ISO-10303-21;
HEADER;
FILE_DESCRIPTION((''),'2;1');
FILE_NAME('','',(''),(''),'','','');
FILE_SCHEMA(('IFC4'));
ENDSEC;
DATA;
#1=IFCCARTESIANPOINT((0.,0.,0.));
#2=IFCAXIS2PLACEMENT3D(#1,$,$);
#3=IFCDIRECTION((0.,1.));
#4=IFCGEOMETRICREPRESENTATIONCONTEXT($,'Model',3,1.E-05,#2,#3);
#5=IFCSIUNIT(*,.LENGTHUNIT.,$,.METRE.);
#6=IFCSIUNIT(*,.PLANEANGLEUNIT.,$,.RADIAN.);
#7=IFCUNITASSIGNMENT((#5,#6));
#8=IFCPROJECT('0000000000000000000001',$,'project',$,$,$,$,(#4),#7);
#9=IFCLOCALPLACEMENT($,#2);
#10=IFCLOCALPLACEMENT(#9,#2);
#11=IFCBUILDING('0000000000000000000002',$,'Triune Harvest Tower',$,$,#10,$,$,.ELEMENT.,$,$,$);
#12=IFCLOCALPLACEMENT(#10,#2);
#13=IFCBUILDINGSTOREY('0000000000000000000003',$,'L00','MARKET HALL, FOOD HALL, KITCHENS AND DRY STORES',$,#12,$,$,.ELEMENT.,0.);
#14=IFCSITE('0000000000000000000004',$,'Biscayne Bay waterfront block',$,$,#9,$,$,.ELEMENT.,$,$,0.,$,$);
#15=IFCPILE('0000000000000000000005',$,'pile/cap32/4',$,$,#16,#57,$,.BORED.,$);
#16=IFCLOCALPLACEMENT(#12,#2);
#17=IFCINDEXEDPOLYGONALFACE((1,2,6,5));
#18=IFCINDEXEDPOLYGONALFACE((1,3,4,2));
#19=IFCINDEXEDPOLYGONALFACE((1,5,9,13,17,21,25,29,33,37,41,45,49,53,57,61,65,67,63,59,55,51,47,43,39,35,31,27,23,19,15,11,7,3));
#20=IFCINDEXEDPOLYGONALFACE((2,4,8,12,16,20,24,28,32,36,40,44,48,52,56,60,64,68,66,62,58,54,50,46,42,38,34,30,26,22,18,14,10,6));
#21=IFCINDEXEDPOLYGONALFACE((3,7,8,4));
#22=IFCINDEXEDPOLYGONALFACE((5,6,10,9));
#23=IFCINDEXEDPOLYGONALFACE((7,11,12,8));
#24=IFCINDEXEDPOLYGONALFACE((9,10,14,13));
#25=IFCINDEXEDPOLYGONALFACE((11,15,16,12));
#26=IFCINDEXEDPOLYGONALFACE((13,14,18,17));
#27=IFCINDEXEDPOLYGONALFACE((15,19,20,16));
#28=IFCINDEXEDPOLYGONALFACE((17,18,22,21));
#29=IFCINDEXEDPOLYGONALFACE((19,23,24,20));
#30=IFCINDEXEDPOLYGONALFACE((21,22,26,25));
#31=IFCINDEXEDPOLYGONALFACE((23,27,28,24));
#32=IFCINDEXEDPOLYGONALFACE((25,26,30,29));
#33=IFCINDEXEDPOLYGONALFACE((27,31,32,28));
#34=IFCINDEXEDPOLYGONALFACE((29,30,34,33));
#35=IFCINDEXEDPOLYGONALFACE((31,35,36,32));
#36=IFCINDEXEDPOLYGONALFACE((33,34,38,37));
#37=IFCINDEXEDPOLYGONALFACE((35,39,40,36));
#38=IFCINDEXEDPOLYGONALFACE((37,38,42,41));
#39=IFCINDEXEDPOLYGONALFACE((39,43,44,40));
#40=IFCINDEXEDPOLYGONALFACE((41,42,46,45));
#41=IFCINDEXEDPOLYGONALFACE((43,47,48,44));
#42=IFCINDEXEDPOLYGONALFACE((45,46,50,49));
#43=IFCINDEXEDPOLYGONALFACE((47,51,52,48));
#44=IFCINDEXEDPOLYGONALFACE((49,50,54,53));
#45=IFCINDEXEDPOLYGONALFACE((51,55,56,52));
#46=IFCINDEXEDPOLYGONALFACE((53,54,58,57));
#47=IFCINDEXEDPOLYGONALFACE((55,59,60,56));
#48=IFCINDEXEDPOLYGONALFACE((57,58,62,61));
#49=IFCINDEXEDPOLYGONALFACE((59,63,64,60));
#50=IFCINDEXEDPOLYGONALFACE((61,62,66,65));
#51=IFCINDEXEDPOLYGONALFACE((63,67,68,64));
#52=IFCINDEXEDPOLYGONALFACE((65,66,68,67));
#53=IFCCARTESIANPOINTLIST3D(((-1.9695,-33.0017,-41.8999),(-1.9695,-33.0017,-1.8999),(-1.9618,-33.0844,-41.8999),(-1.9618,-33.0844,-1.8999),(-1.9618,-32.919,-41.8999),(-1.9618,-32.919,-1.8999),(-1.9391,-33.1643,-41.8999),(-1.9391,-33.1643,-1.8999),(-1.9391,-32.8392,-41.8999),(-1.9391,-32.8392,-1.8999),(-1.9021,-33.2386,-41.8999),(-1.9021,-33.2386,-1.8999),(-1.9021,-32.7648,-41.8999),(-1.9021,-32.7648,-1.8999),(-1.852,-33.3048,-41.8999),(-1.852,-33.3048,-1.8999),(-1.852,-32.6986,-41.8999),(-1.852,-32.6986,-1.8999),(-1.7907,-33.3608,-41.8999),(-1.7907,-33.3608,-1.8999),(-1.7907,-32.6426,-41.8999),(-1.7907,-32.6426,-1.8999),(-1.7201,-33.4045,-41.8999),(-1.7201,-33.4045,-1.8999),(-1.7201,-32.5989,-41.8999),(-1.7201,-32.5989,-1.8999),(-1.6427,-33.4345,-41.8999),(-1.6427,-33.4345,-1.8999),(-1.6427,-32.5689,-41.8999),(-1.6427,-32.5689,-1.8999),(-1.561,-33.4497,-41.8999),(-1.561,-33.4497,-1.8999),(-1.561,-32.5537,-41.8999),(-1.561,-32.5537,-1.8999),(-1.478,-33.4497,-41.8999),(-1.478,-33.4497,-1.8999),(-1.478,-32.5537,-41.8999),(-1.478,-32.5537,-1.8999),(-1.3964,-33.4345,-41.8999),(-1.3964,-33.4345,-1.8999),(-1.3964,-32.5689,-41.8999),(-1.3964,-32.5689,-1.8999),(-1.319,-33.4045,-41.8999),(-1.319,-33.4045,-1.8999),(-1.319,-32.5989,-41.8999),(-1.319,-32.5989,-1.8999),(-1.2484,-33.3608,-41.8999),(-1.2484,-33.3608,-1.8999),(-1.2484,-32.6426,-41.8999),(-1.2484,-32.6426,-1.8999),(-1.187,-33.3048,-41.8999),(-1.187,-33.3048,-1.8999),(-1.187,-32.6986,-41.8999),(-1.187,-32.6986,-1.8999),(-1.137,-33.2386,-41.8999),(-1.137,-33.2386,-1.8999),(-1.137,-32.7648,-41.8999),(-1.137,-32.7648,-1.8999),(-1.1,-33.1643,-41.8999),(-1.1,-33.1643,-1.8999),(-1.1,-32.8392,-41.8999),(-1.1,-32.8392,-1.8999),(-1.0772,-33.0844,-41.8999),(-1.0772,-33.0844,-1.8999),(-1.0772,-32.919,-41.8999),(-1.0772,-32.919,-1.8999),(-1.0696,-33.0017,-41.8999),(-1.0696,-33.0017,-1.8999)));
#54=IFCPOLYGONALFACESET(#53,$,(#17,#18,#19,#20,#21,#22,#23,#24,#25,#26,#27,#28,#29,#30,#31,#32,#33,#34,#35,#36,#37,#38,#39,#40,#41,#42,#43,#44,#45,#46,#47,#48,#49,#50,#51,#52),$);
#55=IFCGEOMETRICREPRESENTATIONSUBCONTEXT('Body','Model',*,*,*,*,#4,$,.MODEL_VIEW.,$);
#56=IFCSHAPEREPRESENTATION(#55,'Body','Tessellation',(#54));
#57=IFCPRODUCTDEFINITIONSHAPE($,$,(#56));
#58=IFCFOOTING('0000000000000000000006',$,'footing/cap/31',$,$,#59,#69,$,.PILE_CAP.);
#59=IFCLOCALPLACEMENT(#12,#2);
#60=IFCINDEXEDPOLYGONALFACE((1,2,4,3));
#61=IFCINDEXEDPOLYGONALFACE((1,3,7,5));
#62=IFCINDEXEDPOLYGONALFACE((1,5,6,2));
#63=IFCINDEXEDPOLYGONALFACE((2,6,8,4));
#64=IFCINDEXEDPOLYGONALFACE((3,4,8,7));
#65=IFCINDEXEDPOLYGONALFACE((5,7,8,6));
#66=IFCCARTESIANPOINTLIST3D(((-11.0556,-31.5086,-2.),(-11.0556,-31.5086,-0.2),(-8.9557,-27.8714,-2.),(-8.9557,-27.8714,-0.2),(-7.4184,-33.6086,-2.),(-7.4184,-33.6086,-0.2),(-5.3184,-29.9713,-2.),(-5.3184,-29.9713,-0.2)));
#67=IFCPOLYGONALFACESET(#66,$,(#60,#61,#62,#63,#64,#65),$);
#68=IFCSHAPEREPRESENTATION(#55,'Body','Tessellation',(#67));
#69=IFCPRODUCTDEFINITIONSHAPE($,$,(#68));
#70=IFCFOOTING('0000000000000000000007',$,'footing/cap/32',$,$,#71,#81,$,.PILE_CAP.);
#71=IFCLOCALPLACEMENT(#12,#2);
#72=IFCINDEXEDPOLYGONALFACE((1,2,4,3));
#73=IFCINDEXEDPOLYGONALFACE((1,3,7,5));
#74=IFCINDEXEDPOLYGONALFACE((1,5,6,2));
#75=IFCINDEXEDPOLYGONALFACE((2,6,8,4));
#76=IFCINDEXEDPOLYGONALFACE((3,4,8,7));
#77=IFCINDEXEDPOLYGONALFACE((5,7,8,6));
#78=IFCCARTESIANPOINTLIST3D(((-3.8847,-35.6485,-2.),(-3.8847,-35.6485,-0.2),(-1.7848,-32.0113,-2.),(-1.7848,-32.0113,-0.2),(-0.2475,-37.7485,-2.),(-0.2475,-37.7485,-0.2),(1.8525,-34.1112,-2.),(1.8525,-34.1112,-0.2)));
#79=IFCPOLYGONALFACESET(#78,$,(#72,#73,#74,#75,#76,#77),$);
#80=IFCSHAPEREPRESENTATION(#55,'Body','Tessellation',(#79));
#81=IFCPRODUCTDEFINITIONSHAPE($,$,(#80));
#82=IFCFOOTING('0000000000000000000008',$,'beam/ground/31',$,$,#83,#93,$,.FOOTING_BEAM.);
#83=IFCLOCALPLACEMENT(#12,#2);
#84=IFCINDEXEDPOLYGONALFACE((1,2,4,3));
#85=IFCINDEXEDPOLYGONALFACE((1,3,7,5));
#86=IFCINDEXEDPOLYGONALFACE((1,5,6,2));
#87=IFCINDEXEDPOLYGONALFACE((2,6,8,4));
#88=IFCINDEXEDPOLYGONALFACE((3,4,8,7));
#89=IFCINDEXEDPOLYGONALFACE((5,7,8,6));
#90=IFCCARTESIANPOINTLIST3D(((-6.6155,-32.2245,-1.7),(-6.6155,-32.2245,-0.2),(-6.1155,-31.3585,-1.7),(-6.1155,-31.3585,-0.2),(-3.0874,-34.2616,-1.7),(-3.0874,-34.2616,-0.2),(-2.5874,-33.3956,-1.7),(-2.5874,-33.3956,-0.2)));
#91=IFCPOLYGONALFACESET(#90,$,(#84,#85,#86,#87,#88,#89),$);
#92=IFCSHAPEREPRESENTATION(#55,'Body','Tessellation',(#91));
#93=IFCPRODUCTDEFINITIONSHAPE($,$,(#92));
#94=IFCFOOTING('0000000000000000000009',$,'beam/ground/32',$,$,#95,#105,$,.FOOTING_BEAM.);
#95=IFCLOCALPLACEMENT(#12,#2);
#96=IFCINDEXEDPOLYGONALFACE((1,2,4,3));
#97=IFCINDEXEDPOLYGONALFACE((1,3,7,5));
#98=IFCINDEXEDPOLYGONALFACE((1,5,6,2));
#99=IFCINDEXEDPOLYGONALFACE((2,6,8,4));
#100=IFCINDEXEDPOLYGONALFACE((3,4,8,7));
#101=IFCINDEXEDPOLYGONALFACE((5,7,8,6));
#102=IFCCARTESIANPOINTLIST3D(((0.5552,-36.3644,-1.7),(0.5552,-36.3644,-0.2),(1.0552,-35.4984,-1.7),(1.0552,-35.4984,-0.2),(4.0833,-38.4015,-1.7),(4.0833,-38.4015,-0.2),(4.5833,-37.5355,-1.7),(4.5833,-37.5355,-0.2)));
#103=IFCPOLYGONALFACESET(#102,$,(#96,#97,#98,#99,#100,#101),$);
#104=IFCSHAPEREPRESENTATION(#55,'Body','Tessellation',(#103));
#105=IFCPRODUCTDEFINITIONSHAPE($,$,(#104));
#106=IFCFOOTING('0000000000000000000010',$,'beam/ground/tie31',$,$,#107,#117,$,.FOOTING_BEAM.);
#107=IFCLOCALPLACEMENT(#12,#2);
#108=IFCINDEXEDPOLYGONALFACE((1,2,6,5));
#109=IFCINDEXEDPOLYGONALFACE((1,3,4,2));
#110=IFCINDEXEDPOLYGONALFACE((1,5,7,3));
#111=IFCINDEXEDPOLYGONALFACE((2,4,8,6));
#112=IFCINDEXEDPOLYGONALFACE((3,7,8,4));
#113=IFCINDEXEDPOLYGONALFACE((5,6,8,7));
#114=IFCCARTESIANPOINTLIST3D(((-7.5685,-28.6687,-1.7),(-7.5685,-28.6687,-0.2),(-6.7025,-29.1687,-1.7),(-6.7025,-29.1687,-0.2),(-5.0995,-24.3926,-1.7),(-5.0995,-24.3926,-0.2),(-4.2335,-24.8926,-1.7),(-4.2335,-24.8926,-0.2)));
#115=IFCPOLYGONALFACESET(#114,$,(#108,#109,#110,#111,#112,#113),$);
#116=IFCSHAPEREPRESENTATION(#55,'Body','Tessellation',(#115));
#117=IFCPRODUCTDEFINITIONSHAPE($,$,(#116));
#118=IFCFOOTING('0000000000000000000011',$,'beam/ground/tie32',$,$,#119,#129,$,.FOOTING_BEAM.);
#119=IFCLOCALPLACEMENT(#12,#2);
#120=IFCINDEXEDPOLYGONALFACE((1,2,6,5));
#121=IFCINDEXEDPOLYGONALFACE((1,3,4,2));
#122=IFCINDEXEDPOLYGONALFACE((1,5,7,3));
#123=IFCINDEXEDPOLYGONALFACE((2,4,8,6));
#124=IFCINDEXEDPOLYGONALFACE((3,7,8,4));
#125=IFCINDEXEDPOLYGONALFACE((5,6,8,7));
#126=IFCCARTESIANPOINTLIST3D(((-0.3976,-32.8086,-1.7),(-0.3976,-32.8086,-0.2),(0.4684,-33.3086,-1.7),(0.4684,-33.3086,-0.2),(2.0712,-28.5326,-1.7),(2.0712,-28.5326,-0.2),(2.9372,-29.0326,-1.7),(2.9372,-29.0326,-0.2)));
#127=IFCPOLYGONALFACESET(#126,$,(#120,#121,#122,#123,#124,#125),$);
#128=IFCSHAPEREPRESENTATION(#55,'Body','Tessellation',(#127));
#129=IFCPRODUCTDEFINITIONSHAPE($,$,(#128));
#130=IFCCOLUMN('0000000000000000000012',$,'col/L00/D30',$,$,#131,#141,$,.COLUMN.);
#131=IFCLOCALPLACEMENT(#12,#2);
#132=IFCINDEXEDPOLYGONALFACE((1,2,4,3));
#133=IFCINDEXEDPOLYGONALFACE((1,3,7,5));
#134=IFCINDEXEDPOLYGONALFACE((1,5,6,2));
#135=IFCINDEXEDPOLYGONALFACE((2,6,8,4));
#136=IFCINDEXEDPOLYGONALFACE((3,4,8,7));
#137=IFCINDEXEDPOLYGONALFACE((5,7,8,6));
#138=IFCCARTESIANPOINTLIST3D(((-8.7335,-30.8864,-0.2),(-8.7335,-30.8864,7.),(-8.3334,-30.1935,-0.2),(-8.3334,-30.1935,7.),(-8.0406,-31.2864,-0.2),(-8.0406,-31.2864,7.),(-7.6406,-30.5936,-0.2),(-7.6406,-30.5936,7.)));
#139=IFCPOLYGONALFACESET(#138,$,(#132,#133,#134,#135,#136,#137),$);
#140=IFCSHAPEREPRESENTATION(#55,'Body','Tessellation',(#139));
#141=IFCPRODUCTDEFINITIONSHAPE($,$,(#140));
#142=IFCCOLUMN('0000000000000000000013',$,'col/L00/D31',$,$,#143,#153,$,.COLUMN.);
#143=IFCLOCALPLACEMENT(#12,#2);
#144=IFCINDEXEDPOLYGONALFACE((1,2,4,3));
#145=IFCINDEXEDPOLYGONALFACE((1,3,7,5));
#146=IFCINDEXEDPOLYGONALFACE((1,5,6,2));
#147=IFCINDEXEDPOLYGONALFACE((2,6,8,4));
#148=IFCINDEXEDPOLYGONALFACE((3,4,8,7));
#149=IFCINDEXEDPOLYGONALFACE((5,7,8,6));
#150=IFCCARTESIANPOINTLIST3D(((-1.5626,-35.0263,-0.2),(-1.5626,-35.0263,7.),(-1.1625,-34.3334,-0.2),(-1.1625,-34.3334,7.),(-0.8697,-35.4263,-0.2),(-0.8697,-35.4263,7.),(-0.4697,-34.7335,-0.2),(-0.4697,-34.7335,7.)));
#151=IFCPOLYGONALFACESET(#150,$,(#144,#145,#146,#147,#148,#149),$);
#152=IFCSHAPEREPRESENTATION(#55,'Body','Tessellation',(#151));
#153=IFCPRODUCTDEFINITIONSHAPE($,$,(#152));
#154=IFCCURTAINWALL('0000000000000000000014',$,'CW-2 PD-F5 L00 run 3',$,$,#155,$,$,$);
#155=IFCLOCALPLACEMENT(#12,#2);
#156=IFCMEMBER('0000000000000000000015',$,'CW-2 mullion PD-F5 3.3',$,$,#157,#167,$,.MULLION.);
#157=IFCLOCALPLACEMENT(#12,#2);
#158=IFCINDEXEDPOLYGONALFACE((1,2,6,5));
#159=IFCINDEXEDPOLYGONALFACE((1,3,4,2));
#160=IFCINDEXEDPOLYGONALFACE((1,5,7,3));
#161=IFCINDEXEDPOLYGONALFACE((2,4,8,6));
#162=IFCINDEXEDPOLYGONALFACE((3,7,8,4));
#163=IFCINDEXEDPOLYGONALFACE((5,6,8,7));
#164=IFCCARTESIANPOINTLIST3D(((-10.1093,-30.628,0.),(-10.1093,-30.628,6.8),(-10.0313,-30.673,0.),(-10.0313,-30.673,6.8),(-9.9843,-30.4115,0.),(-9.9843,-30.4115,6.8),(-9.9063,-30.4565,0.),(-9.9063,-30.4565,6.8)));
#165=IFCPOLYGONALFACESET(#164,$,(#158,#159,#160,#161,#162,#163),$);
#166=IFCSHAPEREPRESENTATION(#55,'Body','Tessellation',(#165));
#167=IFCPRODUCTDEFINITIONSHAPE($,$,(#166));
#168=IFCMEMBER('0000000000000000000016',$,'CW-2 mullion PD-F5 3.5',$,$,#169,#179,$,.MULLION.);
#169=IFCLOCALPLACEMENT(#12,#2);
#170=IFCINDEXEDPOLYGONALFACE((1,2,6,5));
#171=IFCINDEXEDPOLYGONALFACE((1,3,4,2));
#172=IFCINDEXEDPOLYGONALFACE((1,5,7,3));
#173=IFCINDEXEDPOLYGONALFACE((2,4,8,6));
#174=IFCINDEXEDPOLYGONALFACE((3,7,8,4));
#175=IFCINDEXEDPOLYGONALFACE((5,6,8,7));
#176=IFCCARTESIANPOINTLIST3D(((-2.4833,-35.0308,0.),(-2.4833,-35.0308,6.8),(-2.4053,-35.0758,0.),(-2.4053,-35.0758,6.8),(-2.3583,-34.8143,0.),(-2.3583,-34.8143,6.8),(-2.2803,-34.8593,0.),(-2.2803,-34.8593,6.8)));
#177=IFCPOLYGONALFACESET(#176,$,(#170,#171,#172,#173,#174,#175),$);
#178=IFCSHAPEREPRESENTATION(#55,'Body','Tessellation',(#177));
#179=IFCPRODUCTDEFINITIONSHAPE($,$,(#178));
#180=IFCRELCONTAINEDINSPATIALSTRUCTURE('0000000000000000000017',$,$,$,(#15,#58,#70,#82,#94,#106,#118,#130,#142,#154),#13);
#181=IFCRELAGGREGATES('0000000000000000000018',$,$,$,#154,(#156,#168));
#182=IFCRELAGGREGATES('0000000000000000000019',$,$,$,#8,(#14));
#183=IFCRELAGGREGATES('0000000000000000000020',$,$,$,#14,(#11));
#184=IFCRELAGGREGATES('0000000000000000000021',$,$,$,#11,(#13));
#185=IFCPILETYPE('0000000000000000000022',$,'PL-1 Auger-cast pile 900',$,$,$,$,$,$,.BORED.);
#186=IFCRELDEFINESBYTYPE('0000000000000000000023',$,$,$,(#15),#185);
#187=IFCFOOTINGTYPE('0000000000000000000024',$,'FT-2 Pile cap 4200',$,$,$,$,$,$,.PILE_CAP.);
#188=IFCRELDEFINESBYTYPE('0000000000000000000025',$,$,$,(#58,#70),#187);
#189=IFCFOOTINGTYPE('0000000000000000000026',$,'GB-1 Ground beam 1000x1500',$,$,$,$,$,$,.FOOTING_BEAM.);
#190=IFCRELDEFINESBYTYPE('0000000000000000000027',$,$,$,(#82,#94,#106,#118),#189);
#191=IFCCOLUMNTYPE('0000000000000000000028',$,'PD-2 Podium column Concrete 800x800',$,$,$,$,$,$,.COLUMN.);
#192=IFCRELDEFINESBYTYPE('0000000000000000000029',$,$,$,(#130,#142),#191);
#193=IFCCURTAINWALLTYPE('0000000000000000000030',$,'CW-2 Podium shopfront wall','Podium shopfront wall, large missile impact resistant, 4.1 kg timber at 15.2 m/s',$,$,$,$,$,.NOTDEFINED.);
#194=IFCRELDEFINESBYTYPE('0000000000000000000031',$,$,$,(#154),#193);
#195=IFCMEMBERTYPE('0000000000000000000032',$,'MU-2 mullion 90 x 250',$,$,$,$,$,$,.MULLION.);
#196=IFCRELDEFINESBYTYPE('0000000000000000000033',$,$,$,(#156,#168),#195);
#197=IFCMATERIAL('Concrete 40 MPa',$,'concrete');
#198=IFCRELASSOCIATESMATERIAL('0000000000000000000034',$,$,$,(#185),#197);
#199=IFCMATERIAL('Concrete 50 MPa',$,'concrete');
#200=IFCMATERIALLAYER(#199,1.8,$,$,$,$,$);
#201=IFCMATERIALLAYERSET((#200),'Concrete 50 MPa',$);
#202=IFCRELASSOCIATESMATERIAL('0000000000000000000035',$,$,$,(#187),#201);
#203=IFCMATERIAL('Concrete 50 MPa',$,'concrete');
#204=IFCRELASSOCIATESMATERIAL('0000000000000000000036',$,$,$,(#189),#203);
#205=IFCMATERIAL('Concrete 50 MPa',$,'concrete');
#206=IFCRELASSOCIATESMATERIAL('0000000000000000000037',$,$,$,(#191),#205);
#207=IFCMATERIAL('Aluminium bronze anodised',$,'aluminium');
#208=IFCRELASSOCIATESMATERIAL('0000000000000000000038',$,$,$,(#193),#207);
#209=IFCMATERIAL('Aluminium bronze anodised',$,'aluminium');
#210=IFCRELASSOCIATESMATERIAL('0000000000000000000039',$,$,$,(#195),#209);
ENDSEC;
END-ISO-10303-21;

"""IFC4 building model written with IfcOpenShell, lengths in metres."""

from ifc_helpers import new_model, si_unit, direction, frame, origin, origin_2d, place, context, subcontext, project, spatial, rectangle, circle, extrude, source, transform, mapped, material, layer, layer_set, material_profile, profile_set, type_object, element, aggregate, save


model = new_model("IFC4")

# Units and contexts
model_context = context("Model", 3, precision=1e-05, world=origin(), true_north=direction((0.0, 1.0)))
body_context = subcontext(model_context, "Body", "Model", "MODEL_VIEW")
ifc_project = project(units=[si_unit("LENGTHUNIT", "METRE"), si_unit("PLANEANGLEUNIT", "RADIAN")], contexts=[model_context])

# Site, building, storey
site_placement = place(None, origin())
site = spatial("IfcSite", under=ifc_project, at=site_placement, Name="Biscayne Bay waterfront block", CompositionType="ELEMENT", RefElevation=0.0)
building_placement = place(site_placement, origin())
building = spatial("IfcBuilding", under=site, at=building_placement, Name="Triune Harvest Tower", CompositionType="ELEMENT")
storey_placement = place(building_placement, origin())
storey = spatial("IfcBuildingStorey", under=building, at=storey_placement, Name="L00", Description="MARKET HALL, FOOD HALL, KITCHENS AND DRY STORES", CompositionType="ELEMENT", Elevation=0.0)

# Pile
ifc_material_1 = material(Name="Concrete 40 MPa", Category="concrete")
ifc_material_profile_1 = material_profile(ifc_material_1, circle(Radius=0.45, at=origin_2d()), Name="Bored 900")
ifc_profile_set_1 = profile_set([ifc_material_profile_1], Name="Concrete 40 MPa")
pile_type = type_object("IfcPileType", Name="PL-1 Auger-cast pile 900", PredefinedType="BORED", material=ifc_profile_set_1)
shared_shape_1 = source(origin(), body_context, "Body", "SweptSolid", [
    extrude(circle(Radius=0.45, at=origin_2d()), origin(), (0.0, 0.0, 1.0), 40.0),
])
for number, where, z_axis, x_axis, name in (
    (1, (-1.5195, -33.0017, -1.8999), (0.0, 0.0, -1.0), (1.0, 0.0, 0.0), "pile/cap32/4"),
):
    element("IfcPile", number, at=place(storey_placement, frame(where, z_axis=z_axis, x_axis=x_axis)), inside=storey, type_object=pile_type, Name=name, PredefinedType="BORED", context=body_context, shape_type="MappedRepresentation", body=[
        mapped(shared_shape_1, transform((0.0, 0.0, 0.0), scale=1.0)),
    ])

# Footings
ifc_material_2 = material(Name="Concrete 50 MPa", Category="concrete")
ifc_layer_1 = layer(ifc_material_2, 1.8)
ifc_layer_set_1 = layer_set([ifc_layer_1], Name="Concrete 50 MPa")
footing_type_1 = type_object("IfcFootingType", Name="FT-2 Pile cap 4200", PredefinedType="PILE_CAP", material=ifc_layer_set_1)
shared_shape_2 = source(origin(), body_context, "Body", "SweptSolid", [
    extrude(rectangle(XDim=4.2, YDim=4.2, at=origin_2d()), origin(), (0.0, 0.0, 1.0), 1.8),
])
for number, where, z_axis, x_axis, name in (
    (2, (-8.187, -30.74, -2.0), (0.0, 0.0, 1.0), (0.866025, -0.5, 0.0), "footing/cap/31"),
    (3, (-1.0161, -34.8799, -2.0), (0.0, 0.0, 1.0), (0.866025, -0.5, 0.0), "footing/cap/32"),
):
    element("IfcFooting", number, at=place(storey_placement, frame(where, z_axis=z_axis, x_axis=x_axis)), inside=storey, type_object=footing_type_1, Name=name, PredefinedType="PILE_CAP", context=body_context, shape_type="MappedRepresentation", body=[
        mapped(shared_shape_2, transform((0.0, 0.0, 0.0), scale=1.0)),
    ])
ifc_material_3 = material(Name="Concrete 50 MPa", Category="concrete")
ifc_material_profile_2 = material_profile(ifc_material_3, rectangle(XDim=1.0, YDim=1.5, at=origin_2d()), Name="Concrete 1000x1500")
ifc_profile_set_2 = profile_set([ifc_material_profile_2], Name="Concrete 50 MPa")
footing_type_2 = type_object("IfcFootingType", Name="GB-1 Ground beam 1000x1500", PredefinedType="FOOTING_BEAM", material=ifc_profile_set_2)
shared_shape_3 = source(origin(), body_context, "Body", "SweptSolid", [
    extrude(rectangle(XDim=1.0, YDim=1.5, at=origin_2d()), origin(), (0.0, 0.0, 1.0), 4.074),
])
for number, where, z_axis, x_axis, name in (
    (4, (-6.3655, -31.7915, -0.95), (0.866007, -0.500032, 0.0), (0.500032, 0.866007, 0.0), "beam/ground/31"),
    (5, (0.8052, -35.9314, -0.95), (0.866007, -0.500032, 0.0), (0.500032, 0.866007, 0.0), "beam/ground/32"),
):
    element("IfcFooting", number, at=place(storey_placement, frame(where, z_axis=z_axis, x_axis=x_axis)), inside=storey, type_object=footing_type_2, Name=name, PredefinedType="FOOTING_BEAM", context=body_context, shape_type="MappedRepresentation", body=[
        mapped(shared_shape_3, transform((0.0, 0.0, 0.0), scale=1.0)),
    ])
shared_shape_4 = source(origin(), body_context, "Body", "SweptSolid", [
    extrude(rectangle(XDim=1.0, YDim=1.5, at=origin_2d()), origin(), (0.0, 0.0, 1.0), 4.9377),
])
footing_1_placement = place(storey_placement, frame((-7.1355, -28.9187, -0.95), z_axis=(0.500026, 0.86601, 0.0), x_axis=(-0.86601, 0.500026, 0.0)))
element("IfcFooting", 6, at=footing_1_placement, inside=storey, type_object=footing_type_2, Name="beam/ground/tie31", PredefinedType="FOOTING_BEAM", context=body_context, shape_type="MappedRepresentation", body=[
    mapped(shared_shape_4, transform((0.0, 0.0, 0.0), scale=1.0)),
])
shared_shape_5 = source(origin(), body_context, "Body", "SweptSolid", [
    extrude(rectangle(XDim=1.0, YDim=1.5, at=origin_2d()), origin(), (0.0, 0.0, 1.0), 4.9375),
])
footing_2_placement = place(storey_placement, frame((0.0354, -33.0586, -0.95), z_axis=(0.500011, 0.866019, 0.0), x_axis=(-0.866019, 0.500011, 0.0)))
element("IfcFooting", 7, at=footing_2_placement, inside=storey, type_object=footing_type_2, Name="beam/ground/tie32", PredefinedType="FOOTING_BEAM", context=body_context, shape_type="MappedRepresentation", body=[
    mapped(shared_shape_5, transform((0.0, 0.0, 0.0), scale=1.0)),
])

# Columns
ifc_material_4 = material(Name="Concrete 50 MPa", Category="concrete")
ifc_material_profile_3 = material_profile(ifc_material_4, rectangle(XDim=0.8, YDim=0.8, at=origin_2d()), Name="Concrete 800x800")
ifc_profile_set_3 = profile_set([ifc_material_profile_3], Name="Concrete 50 MPa")
column_type = type_object("IfcColumnType", Name="PD-2 Podium column Concrete 800x800", PredefinedType="COLUMN", material=ifc_profile_set_3)
shared_shape_6 = source(origin(), body_context, "Body", "SweptSolid", [
    extrude(rectangle(XDim=0.8, YDim=0.8, at=origin_2d()), origin(), (0.0, 0.0, 1.0), 7.2),
])
for number, where, z_axis, x_axis, name in (
    (8, (-8.187, -30.74, -0.2), (0.0, 0.0, 1.0), (0.866025, -0.5, 0.0), "col/L00/D30"),
    (9, (-1.0161, -34.8799, -0.2), (0.0, 0.0, 1.0), (0.866025, -0.5, 0.0), "col/L00/D31"),
):
    element("IfcColumn", number, at=place(storey_placement, frame(where, z_axis=z_axis, x_axis=x_axis)), inside=storey, type_object=column_type, Name=name, PredefinedType="COLUMN", context=body_context, shape_type="MappedRepresentation", body=[
        mapped(shared_shape_6, transform((0.0, 0.0, 0.0), scale=1.0)),
    ])

# Curtain wall, members
ifc_material_5 = material(Name="Aluminium bronze anodised", Category="aluminium")
curtain_wall_type = type_object("IfcCurtainWallType", Name="CW-2 Podium shopfront wall", Description="Podium shopfront wall, large missile impact resistant, 4.1 kg timber at 15.2 m/s", PredefinedType="NOTDEFINED", material=ifc_material_5)
curtain_wall_placement = place(storey_placement, origin())
curtain_wall = element("IfcCurtainWall", 10, at=curtain_wall_placement, inside=storey, type_object=curtain_wall_type, Name="CW-2 PD-F5 L00 run 3")
ifc_material_6 = material(Name="Aluminium bronze anodised", Category="aluminium")
ifc_material_profile_4 = material_profile(ifc_material_6, rectangle(XDim=0.25, YDim=0.0901, at=origin_2d()), Name="MU-2 mullion 90 x 250")
ifc_profile_set_4 = profile_set([ifc_material_profile_4], Name="Aluminium bronze anodised")
member_type_1 = type_object("IfcMemberType", Name="MU-2 mullion 90 x 250", PredefinedType="MULLION", material=ifc_profile_set_4)
shared_shape_7 = source(origin(), body_context, "Body", "SweptSolid", [
    extrude(rectangle(XDim=0.25, YDim=0.0901, at=origin_2d()), origin(), (0.0, 0.0, 1.0), 6.8),
])
member_1_placement = place(storey_placement, frame((-10.0078, -30.5422, 0.0), z_axis=(0.0, 0.0, 1.0), x_axis=(0.5, 0.866025, 0.0)))
member_1 = element("IfcMember", 11, at=member_1_placement, type_object=member_type_1, Name="CW-2 mullion PD-F5 3.3", PredefinedType="MULLION", context=body_context, shape_type="MappedRepresentation", body=[
    mapped(shared_shape_7, transform((0.0, 0.0, 0.0), scale=1.0)),
])
member_2_placement = place(storey_placement, frame((-2.3818, -34.9451, 0.0), z_axis=(0.0, 0.0, 1.0), x_axis=(0.5, 0.866025, 0.0)))
member_2 = element("IfcMember", 12, at=member_2_placement, type_object=member_type_1, Name="CW-2 mullion PD-F5 3.5", PredefinedType="MULLION", context=body_context, shape_type="MappedRepresentation", body=[
    mapped(shared_shape_7, transform((0.0, 0.0, 0.0), scale=1.0)),
])
aggregate(curtain_wall, [member_1, member_2])

save(model, "model.ifc")
